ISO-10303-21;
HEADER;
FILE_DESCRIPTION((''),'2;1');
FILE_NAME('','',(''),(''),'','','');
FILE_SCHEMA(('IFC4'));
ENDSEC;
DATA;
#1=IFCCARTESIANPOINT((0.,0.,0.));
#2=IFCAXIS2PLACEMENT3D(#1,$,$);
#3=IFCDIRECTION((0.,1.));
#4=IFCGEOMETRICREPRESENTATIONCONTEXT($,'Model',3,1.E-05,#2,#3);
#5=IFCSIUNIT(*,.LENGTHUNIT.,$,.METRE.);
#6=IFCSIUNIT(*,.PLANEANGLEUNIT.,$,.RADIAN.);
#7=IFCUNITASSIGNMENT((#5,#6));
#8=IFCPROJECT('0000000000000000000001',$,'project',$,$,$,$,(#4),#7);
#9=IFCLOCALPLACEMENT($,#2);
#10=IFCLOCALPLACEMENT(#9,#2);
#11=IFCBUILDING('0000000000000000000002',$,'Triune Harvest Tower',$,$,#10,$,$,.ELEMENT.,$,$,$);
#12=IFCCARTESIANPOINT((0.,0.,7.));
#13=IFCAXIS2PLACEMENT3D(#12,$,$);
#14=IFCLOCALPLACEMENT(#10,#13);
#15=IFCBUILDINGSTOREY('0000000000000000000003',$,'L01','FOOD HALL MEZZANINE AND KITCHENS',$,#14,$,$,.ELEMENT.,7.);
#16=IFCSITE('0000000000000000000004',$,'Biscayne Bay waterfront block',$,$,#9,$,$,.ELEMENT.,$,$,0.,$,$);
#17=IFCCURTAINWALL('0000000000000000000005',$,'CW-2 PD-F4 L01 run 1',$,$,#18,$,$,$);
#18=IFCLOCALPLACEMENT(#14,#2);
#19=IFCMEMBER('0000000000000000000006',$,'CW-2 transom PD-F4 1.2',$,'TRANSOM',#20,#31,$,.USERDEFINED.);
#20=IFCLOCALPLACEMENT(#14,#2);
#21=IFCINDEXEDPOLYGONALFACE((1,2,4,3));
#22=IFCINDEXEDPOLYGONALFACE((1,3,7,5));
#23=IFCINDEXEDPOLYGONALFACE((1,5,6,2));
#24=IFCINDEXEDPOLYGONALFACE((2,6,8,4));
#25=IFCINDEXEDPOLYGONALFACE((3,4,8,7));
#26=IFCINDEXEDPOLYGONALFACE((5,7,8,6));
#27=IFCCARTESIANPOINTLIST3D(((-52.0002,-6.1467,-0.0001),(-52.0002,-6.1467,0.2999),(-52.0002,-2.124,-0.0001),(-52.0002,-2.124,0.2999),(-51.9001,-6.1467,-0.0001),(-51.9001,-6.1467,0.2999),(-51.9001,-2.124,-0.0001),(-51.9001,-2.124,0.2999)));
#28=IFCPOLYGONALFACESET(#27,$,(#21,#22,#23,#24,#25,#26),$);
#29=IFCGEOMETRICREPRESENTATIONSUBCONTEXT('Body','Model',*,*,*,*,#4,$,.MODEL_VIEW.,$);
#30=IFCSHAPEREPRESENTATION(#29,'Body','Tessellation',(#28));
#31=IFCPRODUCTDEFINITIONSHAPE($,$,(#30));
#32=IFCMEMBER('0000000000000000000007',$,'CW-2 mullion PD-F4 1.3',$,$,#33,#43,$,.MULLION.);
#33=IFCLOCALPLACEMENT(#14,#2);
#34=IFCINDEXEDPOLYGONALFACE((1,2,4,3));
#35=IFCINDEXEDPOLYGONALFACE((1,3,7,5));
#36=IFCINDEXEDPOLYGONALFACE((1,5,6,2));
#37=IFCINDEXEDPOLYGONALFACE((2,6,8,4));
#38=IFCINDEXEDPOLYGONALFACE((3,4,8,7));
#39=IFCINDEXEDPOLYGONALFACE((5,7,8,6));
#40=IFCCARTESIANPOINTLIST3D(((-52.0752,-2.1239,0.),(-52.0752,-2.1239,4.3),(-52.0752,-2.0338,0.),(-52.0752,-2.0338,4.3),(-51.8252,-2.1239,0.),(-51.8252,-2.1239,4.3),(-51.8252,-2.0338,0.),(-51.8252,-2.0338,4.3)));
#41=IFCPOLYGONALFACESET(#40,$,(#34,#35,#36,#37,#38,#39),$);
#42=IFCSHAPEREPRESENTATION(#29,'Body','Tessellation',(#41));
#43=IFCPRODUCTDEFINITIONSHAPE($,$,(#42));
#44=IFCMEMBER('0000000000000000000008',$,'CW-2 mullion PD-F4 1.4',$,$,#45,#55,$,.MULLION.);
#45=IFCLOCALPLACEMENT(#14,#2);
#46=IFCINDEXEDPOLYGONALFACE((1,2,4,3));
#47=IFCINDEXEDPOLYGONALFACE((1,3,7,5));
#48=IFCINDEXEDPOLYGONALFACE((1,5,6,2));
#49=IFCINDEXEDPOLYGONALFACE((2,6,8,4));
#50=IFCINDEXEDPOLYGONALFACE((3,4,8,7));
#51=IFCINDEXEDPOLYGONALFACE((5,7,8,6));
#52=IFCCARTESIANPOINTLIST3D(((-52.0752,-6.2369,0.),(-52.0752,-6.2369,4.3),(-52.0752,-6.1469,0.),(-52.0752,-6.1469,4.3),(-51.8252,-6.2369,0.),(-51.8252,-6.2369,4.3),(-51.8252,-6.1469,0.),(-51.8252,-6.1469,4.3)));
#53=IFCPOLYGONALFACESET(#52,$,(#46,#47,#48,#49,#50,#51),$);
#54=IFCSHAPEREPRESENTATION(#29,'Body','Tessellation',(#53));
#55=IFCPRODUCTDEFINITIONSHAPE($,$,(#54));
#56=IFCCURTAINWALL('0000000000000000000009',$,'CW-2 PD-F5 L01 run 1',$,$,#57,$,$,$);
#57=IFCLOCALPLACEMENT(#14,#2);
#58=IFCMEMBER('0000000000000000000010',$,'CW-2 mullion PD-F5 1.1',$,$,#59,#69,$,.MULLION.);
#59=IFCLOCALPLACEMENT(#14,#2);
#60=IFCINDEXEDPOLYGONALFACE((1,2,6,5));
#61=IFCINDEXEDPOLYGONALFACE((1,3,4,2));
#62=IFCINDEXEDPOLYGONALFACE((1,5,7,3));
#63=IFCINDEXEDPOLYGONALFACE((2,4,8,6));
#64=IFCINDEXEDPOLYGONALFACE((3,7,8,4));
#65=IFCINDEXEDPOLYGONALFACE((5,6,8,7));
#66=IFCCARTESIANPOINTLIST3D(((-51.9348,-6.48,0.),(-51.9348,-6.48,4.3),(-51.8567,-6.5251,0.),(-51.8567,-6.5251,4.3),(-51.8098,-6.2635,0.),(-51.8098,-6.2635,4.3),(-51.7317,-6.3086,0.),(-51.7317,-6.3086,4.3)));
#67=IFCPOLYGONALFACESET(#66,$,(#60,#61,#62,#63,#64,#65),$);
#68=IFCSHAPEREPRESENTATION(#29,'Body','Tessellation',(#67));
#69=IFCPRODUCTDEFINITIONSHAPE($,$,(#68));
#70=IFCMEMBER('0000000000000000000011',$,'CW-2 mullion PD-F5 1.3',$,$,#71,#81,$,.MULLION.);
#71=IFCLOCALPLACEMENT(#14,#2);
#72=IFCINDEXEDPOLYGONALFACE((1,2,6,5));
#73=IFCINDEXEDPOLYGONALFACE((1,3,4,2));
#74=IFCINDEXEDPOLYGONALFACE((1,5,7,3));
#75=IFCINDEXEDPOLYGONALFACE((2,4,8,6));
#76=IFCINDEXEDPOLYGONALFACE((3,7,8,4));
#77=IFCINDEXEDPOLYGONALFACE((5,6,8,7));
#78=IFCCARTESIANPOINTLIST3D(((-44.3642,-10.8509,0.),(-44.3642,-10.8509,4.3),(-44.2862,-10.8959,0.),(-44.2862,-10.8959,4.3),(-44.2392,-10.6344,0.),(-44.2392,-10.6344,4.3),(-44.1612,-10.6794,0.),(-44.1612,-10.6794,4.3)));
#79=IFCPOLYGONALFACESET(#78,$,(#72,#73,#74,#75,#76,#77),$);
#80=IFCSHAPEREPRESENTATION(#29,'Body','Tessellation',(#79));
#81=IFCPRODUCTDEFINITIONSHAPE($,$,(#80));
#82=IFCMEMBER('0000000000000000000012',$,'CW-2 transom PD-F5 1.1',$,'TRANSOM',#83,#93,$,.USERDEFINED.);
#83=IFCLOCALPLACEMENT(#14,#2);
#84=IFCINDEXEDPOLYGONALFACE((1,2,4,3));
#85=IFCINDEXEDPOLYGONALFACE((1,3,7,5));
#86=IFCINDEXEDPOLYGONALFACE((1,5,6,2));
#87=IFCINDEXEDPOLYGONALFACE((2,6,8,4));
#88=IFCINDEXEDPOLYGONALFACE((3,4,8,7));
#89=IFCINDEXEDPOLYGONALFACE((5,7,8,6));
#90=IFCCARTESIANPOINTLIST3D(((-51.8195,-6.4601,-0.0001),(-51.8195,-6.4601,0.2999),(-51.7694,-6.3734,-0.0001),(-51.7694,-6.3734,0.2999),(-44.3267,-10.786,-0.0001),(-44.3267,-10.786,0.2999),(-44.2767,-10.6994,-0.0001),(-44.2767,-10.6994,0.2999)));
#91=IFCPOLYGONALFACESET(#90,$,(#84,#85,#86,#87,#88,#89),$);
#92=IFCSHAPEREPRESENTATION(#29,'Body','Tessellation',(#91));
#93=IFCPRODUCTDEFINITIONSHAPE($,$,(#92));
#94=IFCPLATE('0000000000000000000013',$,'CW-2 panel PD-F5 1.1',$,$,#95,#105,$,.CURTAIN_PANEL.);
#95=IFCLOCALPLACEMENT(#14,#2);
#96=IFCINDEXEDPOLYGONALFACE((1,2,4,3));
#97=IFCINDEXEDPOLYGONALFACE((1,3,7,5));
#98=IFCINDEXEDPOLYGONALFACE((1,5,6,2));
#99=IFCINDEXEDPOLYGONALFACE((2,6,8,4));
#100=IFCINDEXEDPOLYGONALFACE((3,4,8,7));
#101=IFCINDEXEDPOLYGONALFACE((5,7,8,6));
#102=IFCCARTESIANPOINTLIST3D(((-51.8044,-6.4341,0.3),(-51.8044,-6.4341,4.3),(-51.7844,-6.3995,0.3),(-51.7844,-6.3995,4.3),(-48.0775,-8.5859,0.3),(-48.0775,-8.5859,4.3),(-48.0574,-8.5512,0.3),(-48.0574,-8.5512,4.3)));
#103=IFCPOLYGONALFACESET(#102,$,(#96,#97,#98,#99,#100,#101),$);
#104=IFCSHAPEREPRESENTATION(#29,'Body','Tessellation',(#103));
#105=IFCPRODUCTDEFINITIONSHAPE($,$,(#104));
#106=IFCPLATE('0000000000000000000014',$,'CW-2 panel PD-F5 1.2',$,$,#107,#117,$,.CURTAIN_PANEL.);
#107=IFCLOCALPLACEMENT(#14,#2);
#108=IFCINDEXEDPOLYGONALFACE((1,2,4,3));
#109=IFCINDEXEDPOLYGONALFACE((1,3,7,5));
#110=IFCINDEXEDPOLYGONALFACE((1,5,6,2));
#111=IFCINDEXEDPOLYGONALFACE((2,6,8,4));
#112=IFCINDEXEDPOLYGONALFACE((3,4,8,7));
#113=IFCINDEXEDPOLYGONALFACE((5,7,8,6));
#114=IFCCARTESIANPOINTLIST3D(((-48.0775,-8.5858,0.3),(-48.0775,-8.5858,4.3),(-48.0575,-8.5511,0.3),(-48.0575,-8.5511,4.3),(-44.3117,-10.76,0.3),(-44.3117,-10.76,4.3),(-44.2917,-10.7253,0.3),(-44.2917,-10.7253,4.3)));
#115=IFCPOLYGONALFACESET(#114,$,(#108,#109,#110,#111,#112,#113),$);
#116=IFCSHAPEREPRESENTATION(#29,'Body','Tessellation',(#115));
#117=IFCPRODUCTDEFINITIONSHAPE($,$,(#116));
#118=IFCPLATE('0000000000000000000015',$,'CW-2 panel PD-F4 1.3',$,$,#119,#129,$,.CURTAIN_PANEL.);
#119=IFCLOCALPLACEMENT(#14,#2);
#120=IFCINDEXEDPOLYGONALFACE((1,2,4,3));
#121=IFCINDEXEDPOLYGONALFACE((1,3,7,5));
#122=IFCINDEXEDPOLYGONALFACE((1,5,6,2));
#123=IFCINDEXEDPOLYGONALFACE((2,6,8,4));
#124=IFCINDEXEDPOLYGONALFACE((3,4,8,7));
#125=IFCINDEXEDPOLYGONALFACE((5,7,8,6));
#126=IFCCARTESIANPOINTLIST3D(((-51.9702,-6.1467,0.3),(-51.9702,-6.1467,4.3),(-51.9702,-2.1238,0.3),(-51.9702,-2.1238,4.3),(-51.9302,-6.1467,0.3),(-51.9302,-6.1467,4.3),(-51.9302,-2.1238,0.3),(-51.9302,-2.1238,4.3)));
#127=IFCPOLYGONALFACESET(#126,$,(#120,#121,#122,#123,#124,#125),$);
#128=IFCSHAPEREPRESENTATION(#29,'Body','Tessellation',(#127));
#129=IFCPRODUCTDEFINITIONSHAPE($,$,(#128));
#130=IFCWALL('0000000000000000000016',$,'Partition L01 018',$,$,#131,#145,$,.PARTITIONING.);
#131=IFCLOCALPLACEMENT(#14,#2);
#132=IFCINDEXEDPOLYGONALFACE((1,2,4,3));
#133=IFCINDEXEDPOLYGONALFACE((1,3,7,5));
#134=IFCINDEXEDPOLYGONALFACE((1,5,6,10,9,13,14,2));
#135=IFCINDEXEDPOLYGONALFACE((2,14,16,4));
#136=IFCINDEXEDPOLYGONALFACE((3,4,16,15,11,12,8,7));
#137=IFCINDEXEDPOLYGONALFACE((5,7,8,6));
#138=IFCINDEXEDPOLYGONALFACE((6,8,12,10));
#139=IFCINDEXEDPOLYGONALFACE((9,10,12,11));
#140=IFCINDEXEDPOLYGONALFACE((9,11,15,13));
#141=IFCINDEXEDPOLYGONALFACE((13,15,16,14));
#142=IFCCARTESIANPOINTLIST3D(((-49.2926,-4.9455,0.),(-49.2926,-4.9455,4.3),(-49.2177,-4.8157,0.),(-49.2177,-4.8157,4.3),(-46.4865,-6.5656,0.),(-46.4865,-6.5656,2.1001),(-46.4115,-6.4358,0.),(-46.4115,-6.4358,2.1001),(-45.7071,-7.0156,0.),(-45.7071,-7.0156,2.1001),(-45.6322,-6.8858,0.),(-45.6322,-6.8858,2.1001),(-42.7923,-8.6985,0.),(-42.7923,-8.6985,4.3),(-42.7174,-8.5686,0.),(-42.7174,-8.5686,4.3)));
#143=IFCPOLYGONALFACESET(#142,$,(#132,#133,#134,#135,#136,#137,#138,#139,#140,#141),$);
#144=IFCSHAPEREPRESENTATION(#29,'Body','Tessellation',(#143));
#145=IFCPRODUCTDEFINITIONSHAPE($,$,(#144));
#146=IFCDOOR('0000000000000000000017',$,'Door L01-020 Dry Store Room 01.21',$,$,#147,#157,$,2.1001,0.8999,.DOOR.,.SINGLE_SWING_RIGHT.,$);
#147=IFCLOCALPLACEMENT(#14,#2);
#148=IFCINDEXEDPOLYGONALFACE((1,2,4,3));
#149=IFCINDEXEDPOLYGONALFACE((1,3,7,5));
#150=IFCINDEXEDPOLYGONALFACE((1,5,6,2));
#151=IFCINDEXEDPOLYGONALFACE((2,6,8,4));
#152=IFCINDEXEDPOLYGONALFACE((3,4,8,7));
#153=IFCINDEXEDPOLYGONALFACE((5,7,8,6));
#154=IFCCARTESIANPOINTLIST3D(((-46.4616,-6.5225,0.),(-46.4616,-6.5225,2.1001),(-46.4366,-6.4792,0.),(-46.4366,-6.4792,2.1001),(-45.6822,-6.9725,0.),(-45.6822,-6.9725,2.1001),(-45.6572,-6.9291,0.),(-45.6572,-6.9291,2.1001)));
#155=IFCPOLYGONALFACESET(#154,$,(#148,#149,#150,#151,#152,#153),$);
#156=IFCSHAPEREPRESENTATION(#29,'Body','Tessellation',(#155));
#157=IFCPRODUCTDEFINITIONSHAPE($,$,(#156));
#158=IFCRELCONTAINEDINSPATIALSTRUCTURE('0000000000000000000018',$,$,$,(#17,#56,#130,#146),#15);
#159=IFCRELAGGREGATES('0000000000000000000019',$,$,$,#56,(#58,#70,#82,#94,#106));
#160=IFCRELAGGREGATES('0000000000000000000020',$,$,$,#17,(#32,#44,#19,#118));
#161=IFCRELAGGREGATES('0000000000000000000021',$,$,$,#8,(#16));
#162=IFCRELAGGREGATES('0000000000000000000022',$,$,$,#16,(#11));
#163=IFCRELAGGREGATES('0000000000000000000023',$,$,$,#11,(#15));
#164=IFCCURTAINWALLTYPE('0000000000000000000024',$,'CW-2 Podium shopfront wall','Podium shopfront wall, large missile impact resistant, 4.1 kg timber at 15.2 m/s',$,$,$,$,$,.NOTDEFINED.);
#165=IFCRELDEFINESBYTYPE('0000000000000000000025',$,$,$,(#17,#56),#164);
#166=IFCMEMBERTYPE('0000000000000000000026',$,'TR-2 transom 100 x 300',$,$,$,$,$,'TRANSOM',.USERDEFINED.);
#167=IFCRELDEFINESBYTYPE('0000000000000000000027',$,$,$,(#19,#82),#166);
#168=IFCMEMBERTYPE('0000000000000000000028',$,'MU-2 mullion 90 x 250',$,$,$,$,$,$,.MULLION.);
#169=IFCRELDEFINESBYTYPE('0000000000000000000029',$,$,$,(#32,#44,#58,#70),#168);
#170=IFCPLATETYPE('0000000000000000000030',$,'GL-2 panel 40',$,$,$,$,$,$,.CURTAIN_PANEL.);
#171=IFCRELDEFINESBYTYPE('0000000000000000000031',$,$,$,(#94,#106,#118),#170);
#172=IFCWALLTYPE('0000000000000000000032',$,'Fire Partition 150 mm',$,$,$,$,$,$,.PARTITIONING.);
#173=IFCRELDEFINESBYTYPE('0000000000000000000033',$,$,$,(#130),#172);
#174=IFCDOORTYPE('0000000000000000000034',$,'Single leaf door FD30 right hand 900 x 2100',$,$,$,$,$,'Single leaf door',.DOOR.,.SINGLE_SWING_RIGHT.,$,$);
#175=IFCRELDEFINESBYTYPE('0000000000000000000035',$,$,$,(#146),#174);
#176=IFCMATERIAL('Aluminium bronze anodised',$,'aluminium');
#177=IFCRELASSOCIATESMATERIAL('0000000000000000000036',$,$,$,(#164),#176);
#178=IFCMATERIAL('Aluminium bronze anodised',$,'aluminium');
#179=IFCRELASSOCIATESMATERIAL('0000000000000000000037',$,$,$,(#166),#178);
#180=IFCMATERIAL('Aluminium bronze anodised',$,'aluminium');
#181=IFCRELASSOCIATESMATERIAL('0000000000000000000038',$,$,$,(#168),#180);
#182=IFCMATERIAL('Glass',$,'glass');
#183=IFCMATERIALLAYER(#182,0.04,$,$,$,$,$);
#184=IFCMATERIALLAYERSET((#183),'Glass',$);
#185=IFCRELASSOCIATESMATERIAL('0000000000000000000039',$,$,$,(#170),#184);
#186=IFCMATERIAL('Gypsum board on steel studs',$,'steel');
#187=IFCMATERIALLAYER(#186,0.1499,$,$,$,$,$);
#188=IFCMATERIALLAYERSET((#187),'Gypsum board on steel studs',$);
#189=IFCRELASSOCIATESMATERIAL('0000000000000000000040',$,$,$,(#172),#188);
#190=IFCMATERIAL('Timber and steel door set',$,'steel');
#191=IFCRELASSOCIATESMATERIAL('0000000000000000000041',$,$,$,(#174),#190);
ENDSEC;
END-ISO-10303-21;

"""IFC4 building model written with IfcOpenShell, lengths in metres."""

from ifc_helpers import new_model, si_unit, direction, frame, frame_2d, origin, origin_2d, place, context, subcontext, project, spatial, rectangle, extrude, source, transform, mapped, material, layer, layer_set, material_profile, profile_set, type_object, element, fill, aggregate, save


model = new_model("IFC4")

# Units and contexts
model_context = context("Model", 3, precision=1e-05, world=origin(), true_north=direction((0.0, 1.0)))
body_context = subcontext(model_context, "Body", "Model", "MODEL_VIEW")
ifc_project = project(units=[si_unit("LENGTHUNIT", "METRE"), si_unit("PLANEANGLEUNIT", "RADIAN")], contexts=[model_context])

# Site, building, storey
site_placement = place(None, origin())
site = spatial("IfcSite", under=ifc_project, at=site_placement, Name="Biscayne Bay waterfront block", CompositionType="ELEMENT", RefElevation=0.0)
building_placement = place(site_placement, origin())
building = spatial("IfcBuilding", under=site, at=building_placement, Name="Triune Harvest Tower", CompositionType="ELEMENT")
storey_placement = place(building_placement, frame((0.0, 0.0, 7.0)))
storey = spatial("IfcBuildingStorey", under=building, at=storey_placement, Name="L01", Description="FOOD HALL MEZZANINE AND KITCHENS", CompositionType="ELEMENT", Elevation=7.0)

# Curtain wall, members
ifc_material_1 = material(Name="Aluminium bronze anodised", Category="aluminium")
curtain_wall_type = type_object("IfcCurtainWallType", Name="CW-2 Podium shopfront wall", Description="Podium shopfront wall, large missile impact resistant, 4.1 kg timber at 15.2 m/s", PredefinedType="NOTDEFINED", material=ifc_material_1)
curtain_wall_1_placement = place(storey_placement, origin())
curtain_wall_1 = element("IfcCurtainWall", 1, at=curtain_wall_1_placement, inside=storey, type_object=curtain_wall_type, Name="CW-2 PD-F4 L01 run 1")
ifc_material_2 = material(Name="Aluminium bronze anodised", Category="aluminium")
ifc_material_profile_1 = material_profile(ifc_material_2, rectangle(XDim=0.1001, YDim=0.3, at=origin_2d()), Name="TR-2 transom 100 x 300")
ifc_profile_set_1 = profile_set([ifc_material_profile_1], Name="Aluminium bronze anodised")
member_type_1 = type_object("IfcMemberType", Name="TR-2 transom 100 x 300", ElementType="TRANSOM", PredefinedType="USERDEFINED", material=ifc_profile_set_1)
shared_shape_1 = source(origin(), body_context, "Body", "SweptSolid", [
    extrude(rectangle(XDim=0.1001, YDim=0.3, at=origin_2d()), origin(), (0.0, 0.0, 1.0), 4.0227),
])
member_1_placement = place(storey_placement, frame((-51.9502, -2.124, 0.1499), z_axis=(0.0, -1.0, 0.0), x_axis=(1.0, 0.0, 0.0)))
member_1 = element("IfcMember", 2, at=member_1_placement, type_object=member_type_1, Name="CW-2 transom PD-F4 1.2", ObjectType="TRANSOM", PredefinedType="USERDEFINED", context=body_context, shape_type="MappedRepresentation", body=[
    mapped(shared_shape_1, transform((0.0, 0.0, 0.0), scale=1.0)),
])
ifc_material_3 = material(Name="Aluminium bronze anodised", Category="aluminium")
ifc_material_profile_2 = material_profile(ifc_material_3, rectangle(XDim=0.25, YDim=0.0901, at=origin_2d()), Name="MU-2 mullion 90 x 250")
ifc_profile_set_2 = profile_set([ifc_material_profile_2], Name="Aluminium bronze anodised")
member_type_2 = type_object("IfcMemberType", Name="MU-2 mullion 90 x 250", PredefinedType="MULLION", material=ifc_profile_set_2)
shared_shape_2 = source(origin(), body_context, "Body", "SweptSolid", [
    extrude(rectangle(XDim=0.25, YDim=0.0901, at=origin_2d()), origin(), (0.0, 0.0, 1.0), 4.3),
])
member_2_placement = place(storey_placement, frame((-51.9502, -2.0789, 0.0), z_axis=(0.0, 0.0, 1.0), x_axis=(1.0, 0.0, 0.0)))
member_2 = element("IfcMember", 3, at=member_2_placement, type_object=member_type_2, Name="CW-2 mullion PD-F4 1.3", PredefinedType="MULLION", context=body_context, shape_type="MappedRepresentation", body=[
    mapped(shared_shape_2, transform((0.0, 0.0, 0.0), scale=1.0)),
])
member_3_placement = place(storey_placement, frame((-51.9502, -6.1919, 0.0), z_axis=(0.0, 0.0, 1.0), x_axis=(1.0, 0.0, 0.0)))
member_3 = element("IfcMember", 4, at=member_3_placement, type_object=member_type_2, Name="CW-2 mullion PD-F4 1.4", PredefinedType="MULLION", context=body_context, shape_type="MappedRepresentation", body=[
    mapped(shared_shape_2, transform((0.0, 0.0, 0.0), scale=1.0)),
])

# Curtain wall, members, plates
curtain_wall_2_placement = place(storey_placement, origin())
curtain_wall_2 = element("IfcCurtainWall", 5, at=curtain_wall_2_placement, inside=storey, type_object=curtain_wall_type, Name="CW-2 PD-F5 L01 run 1")
member_4_placement = place(storey_placement, frame((-51.8333, -6.3943, 0.0), z_axis=(0.0, 0.0, 1.0), x_axis=(0.5, 0.866025, 0.0)))
member_4 = element("IfcMember", 6, at=member_4_placement, type_object=member_type_2, Name="CW-2 mullion PD-F5 1.1", PredefinedType="MULLION", context=body_context, shape_type="MappedRepresentation", body=[
    mapped(shared_shape_2, transform((0.0, 0.0, 0.0), scale=1.0)),
])
member_5_placement = place(storey_placement, frame((-44.2627, -10.7651, 0.0), z_axis=(0.0, 0.0, 1.0), x_axis=(0.5, 0.866025, 0.0)))
member_5 = element("IfcMember", 7, at=member_5_placement, type_object=member_type_2, Name="CW-2 mullion PD-F5 1.3", PredefinedType="MULLION", context=body_context, shape_type="MappedRepresentation", body=[
    mapped(shared_shape_2, transform((0.0, 0.0, 0.0), scale=1.0)),
])
shared_shape_3 = source(origin(), body_context, "Body", "SweptSolid", [
    extrude(rectangle(XDim=0.1001, YDim=0.3, at=origin_2d()), origin(), (0.0, 0.0, 1.0), 8.6519),
])
member_6_placement = place(storey_placement, frame((-51.7944, -6.4167, 0.1499), z_axis=(0.866024, -0.500003, 0.0), x_axis=(0.500003, 0.866024, 0.0)))
member_6 = element("IfcMember", 8, at=member_6_placement, type_object=member_type_1, Name="CW-2 transom PD-F5 1.1", ObjectType="TRANSOM", PredefinedType="USERDEFINED", context=body_context, shape_type="MappedRepresentation", body=[
    mapped(shared_shape_3, transform((0.0, 0.0, 0.0), scale=1.0)),
])
ifc_material_4 = material(Name="Glass", Category="glass")
ifc_layer_1 = layer(ifc_material_4, 0.04)
ifc_layer_set_1 = layer_set([ifc_layer_1], Name="Glass")
plate_type = type_object("IfcPlateType", Name="GL-2 panel 40", PredefinedType="CURTAIN_PANEL", material=ifc_layer_set_1)
shared_shape_4 = source(origin(), body_context, "Body", "SweptSolid", [
    extrude(rectangle(XDim=4.3035, YDim=0.04, at=origin_2d()), origin(), (0.0, 0.0, 1.0), 4.0),
])
plate_1_placement = place(storey_placement, frame((-49.9309, -7.4927, 0.3), z_axis=(0.0, 0.0, 1.0), x_axis=(0.866025, -0.5, 0.0)))
plate_1 = element("IfcPlate", 9, at=plate_1_placement, type_object=plate_type, Name="CW-2 panel PD-F5 1.1", PredefinedType="CURTAIN_PANEL", context=body_context, shape_type="MappedRepresentation", body=[
    mapped(shared_shape_4, transform((0.0, 0.0, 0.0), scale=1.0)),
])
shared_shape_5 = source(origin(), body_context, "Body", "SweptSolid", [
    extrude(rectangle(XDim=4.3484, YDim=0.04, at=origin_2d()), origin(), (0.0, 0.0, 1.0), 4.0),
])
plate_2_placement = place(storey_placement, frame((-46.1846, -9.6555, 0.3), z_axis=(0.0, 0.0, 1.0), x_axis=(0.866025, -0.5, 0.0)))
plate_2 = element("IfcPlate", 10, at=plate_2_placement, type_object=plate_type, Name="CW-2 panel PD-F5 1.2", PredefinedType="CURTAIN_PANEL", context=body_context, shape_type="MappedRepresentation", body=[
    mapped(shared_shape_5, transform((0.0, 0.0, 0.0), scale=1.0)),
])
aggregate(curtain_wall_2, [member_4, member_5, member_6, plate_1, plate_2])

# Plate
shared_shape_6 = source(origin(), body_context, "Body", "SweptSolid", [
    extrude(rectangle(XDim=4.0229, YDim=0.04, at=origin_2d()), origin(), (0.0, 0.0, 1.0), 4.0),
])
plate_3_placement = place(storey_placement, frame((-51.9502, -4.1353, 0.3), z_axis=(0.0, 0.0, 1.0), x_axis=(0.0, -1.0, 0.0)))
plate_3 = element("IfcPlate", 11, at=plate_3_placement, type_object=plate_type, Name="CW-2 panel PD-F4 1.3", PredefinedType="CURTAIN_PANEL", context=body_context, shape_type="MappedRepresentation", body=[
    mapped(shared_shape_6, transform((0.0, 0.0, 0.0), scale=1.0)),
])
aggregate(curtain_wall_1, [member_2, member_3, member_1, plate_3])

# Wall, opening, door
ifc_material_5 = material(Name="Gypsum board on steel studs", Category="steel")
ifc_layer_2 = layer(ifc_material_5, 0.1499)
ifc_layer_set_2 = layer_set([ifc_layer_2], Name="Gypsum board on steel studs")
wall_type = type_object("IfcWallType", Name="Fire Partition 150 mm", PredefinedType="PARTITIONING", material=ifc_layer_set_2)
wall_1_placement = place(storey_placement, frame((-49.2551, -4.8806, 0.0), z_axis=(0.0, 0.0, 1.0), x_axis=(0.866025, -0.500001, 0.0)))
wall_1 = element("IfcWall", 12, at=wall_1_placement, inside=storey, type_object=wall_type, Name="Partition L01 018", PredefinedType="PARTITIONING", context=body_context, shape_type="SweptSolid", body=[
    extrude(rectangle(XDim=7.5059, YDim=0.1499, at=frame_2d((3.7529, 0.0))), origin(), (0.0, 0.0, 1.0), 4.3),
])
opening_1_placement = place(wall_1_placement, frame((3.2402, 0.0, 0.0)))
opening_1 = element("IfcOpeningElement", 13, at=opening_1_placement, cuts=wall_1, PredefinedType="OPENING", context=body_context, shape_type="SweptSolid", body=[
    extrude(rectangle(XDim=0.8999, YDim=2.1001, at=frame_2d((0.45, 1.05))), frame((0.0, 0.085, 0.0), z_axis=(0.0, -1.0, 0.0), x_axis=(1.0, 0.0, 0.0)), (0.0, 0.0, 1.0), 0.1699),
])
ifc_material_6 = material(Name="Timber and steel door set", Category="steel")
door_type = type_object("IfcDoorType", Name="Single leaf door FD30 right hand 900 x 2100", ElementType="Single leaf door", OperationType="SINGLE_SWING_RIGHT", PredefinedType="DOOR", material=ifc_material_6)
door_1_placement = place(opening_1_placement, origin())
door_1 = element("IfcDoor", 14, at=door_1_placement, inside=storey, type_object=door_type, Name="Door L01-020 Dry Store Room 01.21", OperationType="SINGLE_SWING_RIGHT", OverallHeight=2.1001, OverallWidth=0.8999, PredefinedType="DOOR", context=body_context, shape_type="SweptSolid", body=[
    extrude(rectangle(XDim=0.8999, YDim=2.1001, at=frame_2d((0.45, 1.05))), frame((0.0, 0.0249, 0.0), z_axis=(0.0, -1.0, 0.0), x_axis=(1.0, 0.0, 0.0)), (0.0, 0.0, 1.0), 0.05),
])
fill(opening_1, door_1)

save(model, "model.ifc")
